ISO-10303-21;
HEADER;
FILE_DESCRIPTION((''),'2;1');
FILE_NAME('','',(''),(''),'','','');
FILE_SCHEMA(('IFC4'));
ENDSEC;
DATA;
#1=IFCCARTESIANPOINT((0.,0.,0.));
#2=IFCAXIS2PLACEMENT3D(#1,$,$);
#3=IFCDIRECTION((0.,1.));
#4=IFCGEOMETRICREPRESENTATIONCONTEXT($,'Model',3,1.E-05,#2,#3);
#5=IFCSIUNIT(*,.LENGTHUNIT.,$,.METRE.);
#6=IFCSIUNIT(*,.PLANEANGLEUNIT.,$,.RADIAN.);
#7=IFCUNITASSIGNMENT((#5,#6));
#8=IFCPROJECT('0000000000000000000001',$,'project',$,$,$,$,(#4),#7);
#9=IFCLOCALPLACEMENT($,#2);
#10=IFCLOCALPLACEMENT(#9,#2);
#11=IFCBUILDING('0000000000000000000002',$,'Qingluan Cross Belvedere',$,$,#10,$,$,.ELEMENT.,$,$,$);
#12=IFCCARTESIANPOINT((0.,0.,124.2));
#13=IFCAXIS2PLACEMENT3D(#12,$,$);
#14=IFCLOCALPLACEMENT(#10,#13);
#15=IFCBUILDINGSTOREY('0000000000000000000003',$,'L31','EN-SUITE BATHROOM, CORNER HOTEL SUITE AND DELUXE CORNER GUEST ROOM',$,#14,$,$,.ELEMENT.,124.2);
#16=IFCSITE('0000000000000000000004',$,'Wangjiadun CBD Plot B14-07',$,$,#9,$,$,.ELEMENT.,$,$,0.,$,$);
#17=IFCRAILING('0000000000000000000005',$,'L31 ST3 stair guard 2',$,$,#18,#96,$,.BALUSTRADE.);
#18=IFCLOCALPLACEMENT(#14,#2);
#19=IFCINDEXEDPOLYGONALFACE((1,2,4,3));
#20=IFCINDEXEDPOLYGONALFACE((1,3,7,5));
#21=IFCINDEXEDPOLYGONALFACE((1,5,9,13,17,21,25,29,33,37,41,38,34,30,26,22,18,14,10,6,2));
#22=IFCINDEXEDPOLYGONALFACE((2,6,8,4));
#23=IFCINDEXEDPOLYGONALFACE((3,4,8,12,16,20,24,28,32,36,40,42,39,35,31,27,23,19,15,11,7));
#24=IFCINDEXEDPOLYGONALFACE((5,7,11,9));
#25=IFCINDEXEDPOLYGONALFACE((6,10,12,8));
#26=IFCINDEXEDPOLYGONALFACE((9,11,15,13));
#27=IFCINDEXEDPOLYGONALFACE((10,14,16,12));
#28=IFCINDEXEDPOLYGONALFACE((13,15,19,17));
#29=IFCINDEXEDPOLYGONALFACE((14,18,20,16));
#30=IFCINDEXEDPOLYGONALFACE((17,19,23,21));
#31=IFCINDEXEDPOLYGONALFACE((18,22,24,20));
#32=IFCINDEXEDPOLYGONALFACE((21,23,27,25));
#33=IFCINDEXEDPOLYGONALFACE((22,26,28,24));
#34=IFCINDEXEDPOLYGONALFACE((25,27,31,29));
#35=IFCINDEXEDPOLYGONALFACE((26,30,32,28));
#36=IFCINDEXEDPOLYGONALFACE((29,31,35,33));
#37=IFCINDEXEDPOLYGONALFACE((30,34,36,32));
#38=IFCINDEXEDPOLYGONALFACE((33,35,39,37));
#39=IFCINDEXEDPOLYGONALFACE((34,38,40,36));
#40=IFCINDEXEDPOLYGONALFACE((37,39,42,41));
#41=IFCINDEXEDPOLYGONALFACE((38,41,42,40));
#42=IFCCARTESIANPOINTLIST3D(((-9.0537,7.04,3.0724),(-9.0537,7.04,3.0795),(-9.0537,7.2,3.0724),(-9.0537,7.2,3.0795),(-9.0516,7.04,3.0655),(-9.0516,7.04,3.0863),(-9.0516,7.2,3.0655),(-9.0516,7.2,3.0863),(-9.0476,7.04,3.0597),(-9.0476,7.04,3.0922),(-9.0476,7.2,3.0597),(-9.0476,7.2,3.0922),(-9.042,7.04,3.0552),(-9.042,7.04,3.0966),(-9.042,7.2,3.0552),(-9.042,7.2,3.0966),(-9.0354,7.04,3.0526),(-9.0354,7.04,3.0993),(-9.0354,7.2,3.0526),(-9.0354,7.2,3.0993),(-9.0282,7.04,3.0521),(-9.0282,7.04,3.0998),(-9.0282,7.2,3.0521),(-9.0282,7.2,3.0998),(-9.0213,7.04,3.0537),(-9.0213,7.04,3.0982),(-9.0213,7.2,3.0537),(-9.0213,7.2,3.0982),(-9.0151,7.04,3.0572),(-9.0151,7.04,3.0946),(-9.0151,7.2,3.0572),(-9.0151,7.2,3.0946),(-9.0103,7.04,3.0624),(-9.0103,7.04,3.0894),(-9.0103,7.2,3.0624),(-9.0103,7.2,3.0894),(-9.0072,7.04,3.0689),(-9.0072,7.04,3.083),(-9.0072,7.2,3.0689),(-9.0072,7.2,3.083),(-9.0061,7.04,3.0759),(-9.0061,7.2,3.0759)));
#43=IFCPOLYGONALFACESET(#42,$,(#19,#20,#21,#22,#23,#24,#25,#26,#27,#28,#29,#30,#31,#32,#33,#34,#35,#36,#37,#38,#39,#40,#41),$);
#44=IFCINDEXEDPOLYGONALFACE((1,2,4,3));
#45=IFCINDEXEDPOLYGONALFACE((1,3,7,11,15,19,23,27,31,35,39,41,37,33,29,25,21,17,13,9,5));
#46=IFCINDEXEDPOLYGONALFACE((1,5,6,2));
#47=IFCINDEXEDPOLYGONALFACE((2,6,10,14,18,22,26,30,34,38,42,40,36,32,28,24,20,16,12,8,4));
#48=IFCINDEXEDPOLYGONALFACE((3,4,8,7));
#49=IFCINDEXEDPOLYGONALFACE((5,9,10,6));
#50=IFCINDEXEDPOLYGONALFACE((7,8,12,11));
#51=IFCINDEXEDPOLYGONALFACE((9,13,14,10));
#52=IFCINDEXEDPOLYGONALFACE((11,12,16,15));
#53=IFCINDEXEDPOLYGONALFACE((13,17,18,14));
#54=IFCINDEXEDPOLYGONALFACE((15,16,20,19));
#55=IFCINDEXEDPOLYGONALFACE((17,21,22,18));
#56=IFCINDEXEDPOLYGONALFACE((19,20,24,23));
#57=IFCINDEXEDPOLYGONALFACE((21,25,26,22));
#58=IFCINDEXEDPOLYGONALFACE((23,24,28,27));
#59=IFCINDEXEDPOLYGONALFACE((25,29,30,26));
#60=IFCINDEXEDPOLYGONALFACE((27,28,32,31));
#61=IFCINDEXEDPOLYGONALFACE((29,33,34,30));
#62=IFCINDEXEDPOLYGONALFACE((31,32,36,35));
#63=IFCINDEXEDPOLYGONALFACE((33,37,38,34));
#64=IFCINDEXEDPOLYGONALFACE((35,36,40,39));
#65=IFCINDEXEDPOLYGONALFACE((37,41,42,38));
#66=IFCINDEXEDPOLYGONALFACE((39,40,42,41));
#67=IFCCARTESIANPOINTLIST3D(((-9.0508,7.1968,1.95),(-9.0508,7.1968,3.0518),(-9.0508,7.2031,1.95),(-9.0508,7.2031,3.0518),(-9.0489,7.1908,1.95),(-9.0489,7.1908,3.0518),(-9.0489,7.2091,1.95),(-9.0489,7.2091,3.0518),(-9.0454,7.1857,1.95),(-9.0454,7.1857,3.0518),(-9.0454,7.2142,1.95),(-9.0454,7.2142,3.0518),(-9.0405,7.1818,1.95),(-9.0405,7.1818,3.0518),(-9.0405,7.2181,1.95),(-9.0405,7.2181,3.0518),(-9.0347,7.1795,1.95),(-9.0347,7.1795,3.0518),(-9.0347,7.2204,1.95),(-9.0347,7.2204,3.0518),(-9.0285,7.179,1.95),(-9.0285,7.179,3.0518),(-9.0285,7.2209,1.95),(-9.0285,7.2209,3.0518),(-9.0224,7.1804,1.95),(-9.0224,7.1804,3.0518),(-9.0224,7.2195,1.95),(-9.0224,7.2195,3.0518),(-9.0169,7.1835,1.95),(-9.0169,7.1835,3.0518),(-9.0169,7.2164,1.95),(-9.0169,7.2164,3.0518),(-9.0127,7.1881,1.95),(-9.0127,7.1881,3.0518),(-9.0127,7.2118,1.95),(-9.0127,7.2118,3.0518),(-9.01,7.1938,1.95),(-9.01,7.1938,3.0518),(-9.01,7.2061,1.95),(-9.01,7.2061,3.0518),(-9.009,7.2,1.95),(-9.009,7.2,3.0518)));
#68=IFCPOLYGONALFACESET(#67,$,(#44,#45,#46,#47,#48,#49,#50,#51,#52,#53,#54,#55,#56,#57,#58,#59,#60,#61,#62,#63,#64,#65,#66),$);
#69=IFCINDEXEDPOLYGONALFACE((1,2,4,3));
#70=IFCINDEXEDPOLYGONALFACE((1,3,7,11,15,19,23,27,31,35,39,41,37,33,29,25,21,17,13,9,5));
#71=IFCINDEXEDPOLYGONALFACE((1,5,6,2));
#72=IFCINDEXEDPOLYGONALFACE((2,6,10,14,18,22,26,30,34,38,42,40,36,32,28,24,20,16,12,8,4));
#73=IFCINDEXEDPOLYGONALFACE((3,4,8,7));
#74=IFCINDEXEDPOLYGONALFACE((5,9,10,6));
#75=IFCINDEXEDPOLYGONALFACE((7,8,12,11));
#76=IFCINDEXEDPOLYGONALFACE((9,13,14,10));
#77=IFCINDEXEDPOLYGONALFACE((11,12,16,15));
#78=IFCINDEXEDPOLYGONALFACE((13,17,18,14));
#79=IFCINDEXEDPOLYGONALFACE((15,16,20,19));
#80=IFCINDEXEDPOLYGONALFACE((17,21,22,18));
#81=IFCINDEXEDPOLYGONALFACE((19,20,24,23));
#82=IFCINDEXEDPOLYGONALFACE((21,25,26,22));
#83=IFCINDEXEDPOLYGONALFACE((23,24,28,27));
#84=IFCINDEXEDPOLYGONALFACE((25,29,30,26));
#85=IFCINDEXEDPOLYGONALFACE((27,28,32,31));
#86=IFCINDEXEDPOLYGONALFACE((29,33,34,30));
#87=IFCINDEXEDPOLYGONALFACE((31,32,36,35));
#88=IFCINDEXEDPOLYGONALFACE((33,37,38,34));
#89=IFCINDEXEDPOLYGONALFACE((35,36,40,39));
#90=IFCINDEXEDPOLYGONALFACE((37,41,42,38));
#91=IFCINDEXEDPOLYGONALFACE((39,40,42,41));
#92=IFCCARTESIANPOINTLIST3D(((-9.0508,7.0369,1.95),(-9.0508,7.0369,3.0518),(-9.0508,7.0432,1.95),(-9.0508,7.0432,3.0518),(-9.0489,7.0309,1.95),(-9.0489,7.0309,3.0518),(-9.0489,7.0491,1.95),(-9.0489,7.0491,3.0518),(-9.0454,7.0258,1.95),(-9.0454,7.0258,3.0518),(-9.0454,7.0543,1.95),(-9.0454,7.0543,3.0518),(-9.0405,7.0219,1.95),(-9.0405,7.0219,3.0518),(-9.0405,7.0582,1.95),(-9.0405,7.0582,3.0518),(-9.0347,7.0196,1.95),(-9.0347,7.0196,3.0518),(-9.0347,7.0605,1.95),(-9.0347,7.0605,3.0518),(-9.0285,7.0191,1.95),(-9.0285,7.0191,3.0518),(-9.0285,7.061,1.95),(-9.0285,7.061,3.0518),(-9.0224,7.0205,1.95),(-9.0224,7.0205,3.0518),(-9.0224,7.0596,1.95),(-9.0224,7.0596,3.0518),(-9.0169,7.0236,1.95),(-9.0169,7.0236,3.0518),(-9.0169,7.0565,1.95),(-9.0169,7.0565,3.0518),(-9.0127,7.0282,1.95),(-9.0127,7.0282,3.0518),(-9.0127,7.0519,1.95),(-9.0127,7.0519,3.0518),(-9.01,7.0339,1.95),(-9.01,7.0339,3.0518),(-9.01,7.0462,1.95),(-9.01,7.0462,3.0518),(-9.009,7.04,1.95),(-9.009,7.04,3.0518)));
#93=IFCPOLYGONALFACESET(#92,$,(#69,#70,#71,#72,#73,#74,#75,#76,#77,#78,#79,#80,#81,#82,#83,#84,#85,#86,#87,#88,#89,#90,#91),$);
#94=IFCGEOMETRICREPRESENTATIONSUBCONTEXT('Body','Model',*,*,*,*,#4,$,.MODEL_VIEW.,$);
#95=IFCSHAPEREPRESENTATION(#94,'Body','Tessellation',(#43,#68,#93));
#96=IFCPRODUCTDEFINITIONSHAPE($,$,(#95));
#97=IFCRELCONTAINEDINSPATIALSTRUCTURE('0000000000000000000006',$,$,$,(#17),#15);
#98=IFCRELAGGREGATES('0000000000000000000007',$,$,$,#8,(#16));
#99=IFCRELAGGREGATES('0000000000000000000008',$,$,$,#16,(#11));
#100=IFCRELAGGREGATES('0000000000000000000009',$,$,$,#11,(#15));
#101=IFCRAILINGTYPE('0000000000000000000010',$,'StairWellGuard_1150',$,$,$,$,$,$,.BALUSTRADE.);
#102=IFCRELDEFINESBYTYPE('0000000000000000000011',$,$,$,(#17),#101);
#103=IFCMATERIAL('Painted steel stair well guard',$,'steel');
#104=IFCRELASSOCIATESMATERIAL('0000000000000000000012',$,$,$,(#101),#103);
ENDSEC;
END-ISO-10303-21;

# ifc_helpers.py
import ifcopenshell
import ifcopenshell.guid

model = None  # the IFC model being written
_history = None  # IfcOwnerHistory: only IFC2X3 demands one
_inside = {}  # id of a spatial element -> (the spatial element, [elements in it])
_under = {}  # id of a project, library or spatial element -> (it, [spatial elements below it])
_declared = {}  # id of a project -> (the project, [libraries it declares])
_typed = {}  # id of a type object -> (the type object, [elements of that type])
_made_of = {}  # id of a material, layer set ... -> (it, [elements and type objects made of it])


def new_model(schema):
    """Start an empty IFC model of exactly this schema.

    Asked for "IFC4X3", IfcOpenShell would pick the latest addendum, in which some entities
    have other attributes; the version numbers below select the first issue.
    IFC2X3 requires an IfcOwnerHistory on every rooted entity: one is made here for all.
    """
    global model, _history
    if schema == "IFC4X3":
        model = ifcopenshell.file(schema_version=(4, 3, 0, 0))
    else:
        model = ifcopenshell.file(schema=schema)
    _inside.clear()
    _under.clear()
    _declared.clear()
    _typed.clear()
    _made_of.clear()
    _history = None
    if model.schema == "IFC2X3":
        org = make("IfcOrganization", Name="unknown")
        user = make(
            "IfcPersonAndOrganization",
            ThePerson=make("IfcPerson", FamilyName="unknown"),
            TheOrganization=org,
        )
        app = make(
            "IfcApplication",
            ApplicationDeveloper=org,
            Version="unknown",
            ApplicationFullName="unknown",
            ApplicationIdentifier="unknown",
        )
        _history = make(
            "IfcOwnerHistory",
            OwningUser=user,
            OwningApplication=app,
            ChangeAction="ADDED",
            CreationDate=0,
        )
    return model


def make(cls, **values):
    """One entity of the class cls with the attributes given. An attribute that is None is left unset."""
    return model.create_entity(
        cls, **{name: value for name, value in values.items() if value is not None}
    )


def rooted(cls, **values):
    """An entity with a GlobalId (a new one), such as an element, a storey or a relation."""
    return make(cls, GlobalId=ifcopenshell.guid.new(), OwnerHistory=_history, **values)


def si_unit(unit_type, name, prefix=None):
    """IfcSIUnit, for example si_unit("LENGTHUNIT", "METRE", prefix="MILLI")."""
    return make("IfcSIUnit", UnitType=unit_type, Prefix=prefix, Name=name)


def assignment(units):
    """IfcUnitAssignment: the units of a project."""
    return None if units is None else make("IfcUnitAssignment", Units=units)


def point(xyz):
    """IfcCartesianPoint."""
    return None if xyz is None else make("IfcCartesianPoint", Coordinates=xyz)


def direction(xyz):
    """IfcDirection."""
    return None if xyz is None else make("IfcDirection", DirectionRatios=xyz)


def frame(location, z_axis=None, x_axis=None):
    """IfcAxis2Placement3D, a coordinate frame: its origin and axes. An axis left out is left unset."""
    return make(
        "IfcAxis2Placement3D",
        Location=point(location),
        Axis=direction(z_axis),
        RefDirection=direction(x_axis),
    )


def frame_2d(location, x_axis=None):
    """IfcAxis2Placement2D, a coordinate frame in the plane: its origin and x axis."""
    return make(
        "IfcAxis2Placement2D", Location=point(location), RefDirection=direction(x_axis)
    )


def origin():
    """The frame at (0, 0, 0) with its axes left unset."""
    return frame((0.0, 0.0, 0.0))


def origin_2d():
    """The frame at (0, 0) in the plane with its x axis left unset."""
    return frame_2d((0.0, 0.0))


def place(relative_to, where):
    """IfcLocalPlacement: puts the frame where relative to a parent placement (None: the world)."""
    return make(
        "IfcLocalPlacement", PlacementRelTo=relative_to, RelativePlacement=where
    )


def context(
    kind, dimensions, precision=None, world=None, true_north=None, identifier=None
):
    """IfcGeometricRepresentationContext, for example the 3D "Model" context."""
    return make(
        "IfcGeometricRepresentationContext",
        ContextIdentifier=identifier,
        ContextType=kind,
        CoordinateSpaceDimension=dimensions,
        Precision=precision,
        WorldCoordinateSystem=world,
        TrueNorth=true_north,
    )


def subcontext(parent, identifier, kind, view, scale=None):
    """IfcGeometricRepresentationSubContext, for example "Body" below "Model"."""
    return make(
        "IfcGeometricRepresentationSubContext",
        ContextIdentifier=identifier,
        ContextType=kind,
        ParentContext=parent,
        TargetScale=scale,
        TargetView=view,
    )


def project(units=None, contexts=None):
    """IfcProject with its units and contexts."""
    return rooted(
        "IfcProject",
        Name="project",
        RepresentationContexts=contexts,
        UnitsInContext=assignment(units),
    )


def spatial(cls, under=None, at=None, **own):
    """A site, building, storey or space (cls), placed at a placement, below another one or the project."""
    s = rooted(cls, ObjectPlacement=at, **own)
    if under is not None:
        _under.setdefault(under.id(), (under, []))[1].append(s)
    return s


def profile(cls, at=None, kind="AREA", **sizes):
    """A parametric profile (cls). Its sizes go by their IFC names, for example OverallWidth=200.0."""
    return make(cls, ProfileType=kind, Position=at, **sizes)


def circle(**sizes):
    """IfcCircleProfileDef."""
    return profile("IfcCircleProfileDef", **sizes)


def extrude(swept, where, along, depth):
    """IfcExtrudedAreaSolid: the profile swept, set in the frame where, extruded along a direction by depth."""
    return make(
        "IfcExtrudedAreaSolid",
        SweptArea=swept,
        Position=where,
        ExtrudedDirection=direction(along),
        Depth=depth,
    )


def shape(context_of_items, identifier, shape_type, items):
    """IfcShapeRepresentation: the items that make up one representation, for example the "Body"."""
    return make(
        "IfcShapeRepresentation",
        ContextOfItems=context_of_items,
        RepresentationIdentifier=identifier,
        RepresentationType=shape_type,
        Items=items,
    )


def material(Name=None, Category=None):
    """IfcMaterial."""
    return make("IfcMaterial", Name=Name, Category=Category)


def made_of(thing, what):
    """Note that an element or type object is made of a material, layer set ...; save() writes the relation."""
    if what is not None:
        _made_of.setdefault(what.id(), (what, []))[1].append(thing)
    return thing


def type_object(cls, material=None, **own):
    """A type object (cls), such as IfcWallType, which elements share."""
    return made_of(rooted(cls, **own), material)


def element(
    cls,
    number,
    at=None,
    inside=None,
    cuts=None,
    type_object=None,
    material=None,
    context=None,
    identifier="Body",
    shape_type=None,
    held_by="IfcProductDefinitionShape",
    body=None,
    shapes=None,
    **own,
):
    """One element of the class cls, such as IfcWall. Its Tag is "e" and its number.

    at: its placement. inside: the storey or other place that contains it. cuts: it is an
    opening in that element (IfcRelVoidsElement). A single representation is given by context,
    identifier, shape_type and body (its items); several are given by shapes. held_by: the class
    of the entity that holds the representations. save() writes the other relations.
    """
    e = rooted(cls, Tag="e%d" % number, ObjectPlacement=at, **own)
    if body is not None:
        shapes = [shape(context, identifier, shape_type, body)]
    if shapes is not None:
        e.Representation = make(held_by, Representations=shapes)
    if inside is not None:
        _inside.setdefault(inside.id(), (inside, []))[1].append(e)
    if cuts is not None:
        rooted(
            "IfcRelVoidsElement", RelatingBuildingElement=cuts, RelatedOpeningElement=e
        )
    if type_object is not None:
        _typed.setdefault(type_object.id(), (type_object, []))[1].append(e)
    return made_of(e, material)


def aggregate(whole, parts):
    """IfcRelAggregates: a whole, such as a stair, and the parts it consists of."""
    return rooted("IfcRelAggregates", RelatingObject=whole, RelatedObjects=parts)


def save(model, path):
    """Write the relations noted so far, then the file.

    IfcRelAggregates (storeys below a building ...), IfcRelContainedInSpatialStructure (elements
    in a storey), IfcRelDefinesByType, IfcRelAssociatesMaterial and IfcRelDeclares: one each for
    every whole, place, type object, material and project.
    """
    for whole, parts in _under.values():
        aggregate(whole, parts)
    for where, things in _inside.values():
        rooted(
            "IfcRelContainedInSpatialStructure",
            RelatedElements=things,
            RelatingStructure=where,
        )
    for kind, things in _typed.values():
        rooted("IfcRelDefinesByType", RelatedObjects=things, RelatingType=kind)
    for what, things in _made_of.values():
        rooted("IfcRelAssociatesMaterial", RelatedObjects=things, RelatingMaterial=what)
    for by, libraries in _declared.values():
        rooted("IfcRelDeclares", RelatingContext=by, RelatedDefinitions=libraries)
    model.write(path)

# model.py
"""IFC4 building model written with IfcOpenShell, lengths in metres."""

from ifc_helpers import new_model, si_unit, direction, frame, origin, origin_2d, place, context, subcontext, project, spatial, circle, extrude, material, type_object, element, save


model = new_model("IFC4")

# Units and contexts
model_context = context("Model", 3, precision=1e-05, world=origin(), true_north=direction((0.0, 1.0)))
body_context = subcontext(model_context, "Body", "Model", "MODEL_VIEW")
ifc_project = project(units=[si_unit("LENGTHUNIT", "METRE"), si_unit("PLANEANGLEUNIT", "RADIAN")], contexts=[model_context])

# Site, building, storey
site_placement = place(None, origin())
site = spatial("IfcSite", under=ifc_project, at=site_placement, Name="Wangjiadun CBD Plot B14-07", CompositionType="ELEMENT", RefElevation=0.0)
building_placement = place(site_placement, origin())
building = spatial("IfcBuilding", under=site, at=building_placement, Name="Qingluan Cross Belvedere", CompositionType="ELEMENT")
storey_placement = place(building_placement, frame((0.0, 0.0, 124.2)))
storey = spatial("IfcBuildingStorey", under=building, at=storey_placement, Name="L31", Description="EN-SUITE BATHROOM, CORNER HOTEL SUITE AND DELUXE CORNER GUEST ROOM", CompositionType="ELEMENT", Elevation=124.2)

# Railing
ifc_material_1 = material(Name="Painted steel stair well guard", Category="steel")
railing_type_1 = type_object("IfcRailingType", Name="StairWellGuard_1150", PredefinedType="BALUSTRADE", material=ifc_material_1)
railing_1_placement = place(storey_placement, frame((-9.03, 7.2, 1.95)))
element("IfcRailing", 1, at=railing_1_placement, inside=storey, type_object=railing_type_1, Name="L31 ST3 stair guard 2", PredefinedType="BALUSTRADE", context=body_context, shape_type="SweptSolid", body=[
    extrude(circle(Radius=0.0239, at=origin_2d()), frame((0.0, 0.0, 1.126), z_axis=(0.0, -1.0, 0.0), x_axis=(1.0, 0.0, 0.0)), (0.0, 0.0, 1.0), 0.1599),
    extrude(circle(Radius=0.021, at=origin_2d()), origin(), (0.0, 0.0, 1.0), 1.1018),
    extrude(circle(Radius=0.021, at=origin_2d()), frame((0.0, -0.1599, 0.0)), (0.0, 0.0, 1.0), 1.1018),
])

save(model, "model.ifc")
